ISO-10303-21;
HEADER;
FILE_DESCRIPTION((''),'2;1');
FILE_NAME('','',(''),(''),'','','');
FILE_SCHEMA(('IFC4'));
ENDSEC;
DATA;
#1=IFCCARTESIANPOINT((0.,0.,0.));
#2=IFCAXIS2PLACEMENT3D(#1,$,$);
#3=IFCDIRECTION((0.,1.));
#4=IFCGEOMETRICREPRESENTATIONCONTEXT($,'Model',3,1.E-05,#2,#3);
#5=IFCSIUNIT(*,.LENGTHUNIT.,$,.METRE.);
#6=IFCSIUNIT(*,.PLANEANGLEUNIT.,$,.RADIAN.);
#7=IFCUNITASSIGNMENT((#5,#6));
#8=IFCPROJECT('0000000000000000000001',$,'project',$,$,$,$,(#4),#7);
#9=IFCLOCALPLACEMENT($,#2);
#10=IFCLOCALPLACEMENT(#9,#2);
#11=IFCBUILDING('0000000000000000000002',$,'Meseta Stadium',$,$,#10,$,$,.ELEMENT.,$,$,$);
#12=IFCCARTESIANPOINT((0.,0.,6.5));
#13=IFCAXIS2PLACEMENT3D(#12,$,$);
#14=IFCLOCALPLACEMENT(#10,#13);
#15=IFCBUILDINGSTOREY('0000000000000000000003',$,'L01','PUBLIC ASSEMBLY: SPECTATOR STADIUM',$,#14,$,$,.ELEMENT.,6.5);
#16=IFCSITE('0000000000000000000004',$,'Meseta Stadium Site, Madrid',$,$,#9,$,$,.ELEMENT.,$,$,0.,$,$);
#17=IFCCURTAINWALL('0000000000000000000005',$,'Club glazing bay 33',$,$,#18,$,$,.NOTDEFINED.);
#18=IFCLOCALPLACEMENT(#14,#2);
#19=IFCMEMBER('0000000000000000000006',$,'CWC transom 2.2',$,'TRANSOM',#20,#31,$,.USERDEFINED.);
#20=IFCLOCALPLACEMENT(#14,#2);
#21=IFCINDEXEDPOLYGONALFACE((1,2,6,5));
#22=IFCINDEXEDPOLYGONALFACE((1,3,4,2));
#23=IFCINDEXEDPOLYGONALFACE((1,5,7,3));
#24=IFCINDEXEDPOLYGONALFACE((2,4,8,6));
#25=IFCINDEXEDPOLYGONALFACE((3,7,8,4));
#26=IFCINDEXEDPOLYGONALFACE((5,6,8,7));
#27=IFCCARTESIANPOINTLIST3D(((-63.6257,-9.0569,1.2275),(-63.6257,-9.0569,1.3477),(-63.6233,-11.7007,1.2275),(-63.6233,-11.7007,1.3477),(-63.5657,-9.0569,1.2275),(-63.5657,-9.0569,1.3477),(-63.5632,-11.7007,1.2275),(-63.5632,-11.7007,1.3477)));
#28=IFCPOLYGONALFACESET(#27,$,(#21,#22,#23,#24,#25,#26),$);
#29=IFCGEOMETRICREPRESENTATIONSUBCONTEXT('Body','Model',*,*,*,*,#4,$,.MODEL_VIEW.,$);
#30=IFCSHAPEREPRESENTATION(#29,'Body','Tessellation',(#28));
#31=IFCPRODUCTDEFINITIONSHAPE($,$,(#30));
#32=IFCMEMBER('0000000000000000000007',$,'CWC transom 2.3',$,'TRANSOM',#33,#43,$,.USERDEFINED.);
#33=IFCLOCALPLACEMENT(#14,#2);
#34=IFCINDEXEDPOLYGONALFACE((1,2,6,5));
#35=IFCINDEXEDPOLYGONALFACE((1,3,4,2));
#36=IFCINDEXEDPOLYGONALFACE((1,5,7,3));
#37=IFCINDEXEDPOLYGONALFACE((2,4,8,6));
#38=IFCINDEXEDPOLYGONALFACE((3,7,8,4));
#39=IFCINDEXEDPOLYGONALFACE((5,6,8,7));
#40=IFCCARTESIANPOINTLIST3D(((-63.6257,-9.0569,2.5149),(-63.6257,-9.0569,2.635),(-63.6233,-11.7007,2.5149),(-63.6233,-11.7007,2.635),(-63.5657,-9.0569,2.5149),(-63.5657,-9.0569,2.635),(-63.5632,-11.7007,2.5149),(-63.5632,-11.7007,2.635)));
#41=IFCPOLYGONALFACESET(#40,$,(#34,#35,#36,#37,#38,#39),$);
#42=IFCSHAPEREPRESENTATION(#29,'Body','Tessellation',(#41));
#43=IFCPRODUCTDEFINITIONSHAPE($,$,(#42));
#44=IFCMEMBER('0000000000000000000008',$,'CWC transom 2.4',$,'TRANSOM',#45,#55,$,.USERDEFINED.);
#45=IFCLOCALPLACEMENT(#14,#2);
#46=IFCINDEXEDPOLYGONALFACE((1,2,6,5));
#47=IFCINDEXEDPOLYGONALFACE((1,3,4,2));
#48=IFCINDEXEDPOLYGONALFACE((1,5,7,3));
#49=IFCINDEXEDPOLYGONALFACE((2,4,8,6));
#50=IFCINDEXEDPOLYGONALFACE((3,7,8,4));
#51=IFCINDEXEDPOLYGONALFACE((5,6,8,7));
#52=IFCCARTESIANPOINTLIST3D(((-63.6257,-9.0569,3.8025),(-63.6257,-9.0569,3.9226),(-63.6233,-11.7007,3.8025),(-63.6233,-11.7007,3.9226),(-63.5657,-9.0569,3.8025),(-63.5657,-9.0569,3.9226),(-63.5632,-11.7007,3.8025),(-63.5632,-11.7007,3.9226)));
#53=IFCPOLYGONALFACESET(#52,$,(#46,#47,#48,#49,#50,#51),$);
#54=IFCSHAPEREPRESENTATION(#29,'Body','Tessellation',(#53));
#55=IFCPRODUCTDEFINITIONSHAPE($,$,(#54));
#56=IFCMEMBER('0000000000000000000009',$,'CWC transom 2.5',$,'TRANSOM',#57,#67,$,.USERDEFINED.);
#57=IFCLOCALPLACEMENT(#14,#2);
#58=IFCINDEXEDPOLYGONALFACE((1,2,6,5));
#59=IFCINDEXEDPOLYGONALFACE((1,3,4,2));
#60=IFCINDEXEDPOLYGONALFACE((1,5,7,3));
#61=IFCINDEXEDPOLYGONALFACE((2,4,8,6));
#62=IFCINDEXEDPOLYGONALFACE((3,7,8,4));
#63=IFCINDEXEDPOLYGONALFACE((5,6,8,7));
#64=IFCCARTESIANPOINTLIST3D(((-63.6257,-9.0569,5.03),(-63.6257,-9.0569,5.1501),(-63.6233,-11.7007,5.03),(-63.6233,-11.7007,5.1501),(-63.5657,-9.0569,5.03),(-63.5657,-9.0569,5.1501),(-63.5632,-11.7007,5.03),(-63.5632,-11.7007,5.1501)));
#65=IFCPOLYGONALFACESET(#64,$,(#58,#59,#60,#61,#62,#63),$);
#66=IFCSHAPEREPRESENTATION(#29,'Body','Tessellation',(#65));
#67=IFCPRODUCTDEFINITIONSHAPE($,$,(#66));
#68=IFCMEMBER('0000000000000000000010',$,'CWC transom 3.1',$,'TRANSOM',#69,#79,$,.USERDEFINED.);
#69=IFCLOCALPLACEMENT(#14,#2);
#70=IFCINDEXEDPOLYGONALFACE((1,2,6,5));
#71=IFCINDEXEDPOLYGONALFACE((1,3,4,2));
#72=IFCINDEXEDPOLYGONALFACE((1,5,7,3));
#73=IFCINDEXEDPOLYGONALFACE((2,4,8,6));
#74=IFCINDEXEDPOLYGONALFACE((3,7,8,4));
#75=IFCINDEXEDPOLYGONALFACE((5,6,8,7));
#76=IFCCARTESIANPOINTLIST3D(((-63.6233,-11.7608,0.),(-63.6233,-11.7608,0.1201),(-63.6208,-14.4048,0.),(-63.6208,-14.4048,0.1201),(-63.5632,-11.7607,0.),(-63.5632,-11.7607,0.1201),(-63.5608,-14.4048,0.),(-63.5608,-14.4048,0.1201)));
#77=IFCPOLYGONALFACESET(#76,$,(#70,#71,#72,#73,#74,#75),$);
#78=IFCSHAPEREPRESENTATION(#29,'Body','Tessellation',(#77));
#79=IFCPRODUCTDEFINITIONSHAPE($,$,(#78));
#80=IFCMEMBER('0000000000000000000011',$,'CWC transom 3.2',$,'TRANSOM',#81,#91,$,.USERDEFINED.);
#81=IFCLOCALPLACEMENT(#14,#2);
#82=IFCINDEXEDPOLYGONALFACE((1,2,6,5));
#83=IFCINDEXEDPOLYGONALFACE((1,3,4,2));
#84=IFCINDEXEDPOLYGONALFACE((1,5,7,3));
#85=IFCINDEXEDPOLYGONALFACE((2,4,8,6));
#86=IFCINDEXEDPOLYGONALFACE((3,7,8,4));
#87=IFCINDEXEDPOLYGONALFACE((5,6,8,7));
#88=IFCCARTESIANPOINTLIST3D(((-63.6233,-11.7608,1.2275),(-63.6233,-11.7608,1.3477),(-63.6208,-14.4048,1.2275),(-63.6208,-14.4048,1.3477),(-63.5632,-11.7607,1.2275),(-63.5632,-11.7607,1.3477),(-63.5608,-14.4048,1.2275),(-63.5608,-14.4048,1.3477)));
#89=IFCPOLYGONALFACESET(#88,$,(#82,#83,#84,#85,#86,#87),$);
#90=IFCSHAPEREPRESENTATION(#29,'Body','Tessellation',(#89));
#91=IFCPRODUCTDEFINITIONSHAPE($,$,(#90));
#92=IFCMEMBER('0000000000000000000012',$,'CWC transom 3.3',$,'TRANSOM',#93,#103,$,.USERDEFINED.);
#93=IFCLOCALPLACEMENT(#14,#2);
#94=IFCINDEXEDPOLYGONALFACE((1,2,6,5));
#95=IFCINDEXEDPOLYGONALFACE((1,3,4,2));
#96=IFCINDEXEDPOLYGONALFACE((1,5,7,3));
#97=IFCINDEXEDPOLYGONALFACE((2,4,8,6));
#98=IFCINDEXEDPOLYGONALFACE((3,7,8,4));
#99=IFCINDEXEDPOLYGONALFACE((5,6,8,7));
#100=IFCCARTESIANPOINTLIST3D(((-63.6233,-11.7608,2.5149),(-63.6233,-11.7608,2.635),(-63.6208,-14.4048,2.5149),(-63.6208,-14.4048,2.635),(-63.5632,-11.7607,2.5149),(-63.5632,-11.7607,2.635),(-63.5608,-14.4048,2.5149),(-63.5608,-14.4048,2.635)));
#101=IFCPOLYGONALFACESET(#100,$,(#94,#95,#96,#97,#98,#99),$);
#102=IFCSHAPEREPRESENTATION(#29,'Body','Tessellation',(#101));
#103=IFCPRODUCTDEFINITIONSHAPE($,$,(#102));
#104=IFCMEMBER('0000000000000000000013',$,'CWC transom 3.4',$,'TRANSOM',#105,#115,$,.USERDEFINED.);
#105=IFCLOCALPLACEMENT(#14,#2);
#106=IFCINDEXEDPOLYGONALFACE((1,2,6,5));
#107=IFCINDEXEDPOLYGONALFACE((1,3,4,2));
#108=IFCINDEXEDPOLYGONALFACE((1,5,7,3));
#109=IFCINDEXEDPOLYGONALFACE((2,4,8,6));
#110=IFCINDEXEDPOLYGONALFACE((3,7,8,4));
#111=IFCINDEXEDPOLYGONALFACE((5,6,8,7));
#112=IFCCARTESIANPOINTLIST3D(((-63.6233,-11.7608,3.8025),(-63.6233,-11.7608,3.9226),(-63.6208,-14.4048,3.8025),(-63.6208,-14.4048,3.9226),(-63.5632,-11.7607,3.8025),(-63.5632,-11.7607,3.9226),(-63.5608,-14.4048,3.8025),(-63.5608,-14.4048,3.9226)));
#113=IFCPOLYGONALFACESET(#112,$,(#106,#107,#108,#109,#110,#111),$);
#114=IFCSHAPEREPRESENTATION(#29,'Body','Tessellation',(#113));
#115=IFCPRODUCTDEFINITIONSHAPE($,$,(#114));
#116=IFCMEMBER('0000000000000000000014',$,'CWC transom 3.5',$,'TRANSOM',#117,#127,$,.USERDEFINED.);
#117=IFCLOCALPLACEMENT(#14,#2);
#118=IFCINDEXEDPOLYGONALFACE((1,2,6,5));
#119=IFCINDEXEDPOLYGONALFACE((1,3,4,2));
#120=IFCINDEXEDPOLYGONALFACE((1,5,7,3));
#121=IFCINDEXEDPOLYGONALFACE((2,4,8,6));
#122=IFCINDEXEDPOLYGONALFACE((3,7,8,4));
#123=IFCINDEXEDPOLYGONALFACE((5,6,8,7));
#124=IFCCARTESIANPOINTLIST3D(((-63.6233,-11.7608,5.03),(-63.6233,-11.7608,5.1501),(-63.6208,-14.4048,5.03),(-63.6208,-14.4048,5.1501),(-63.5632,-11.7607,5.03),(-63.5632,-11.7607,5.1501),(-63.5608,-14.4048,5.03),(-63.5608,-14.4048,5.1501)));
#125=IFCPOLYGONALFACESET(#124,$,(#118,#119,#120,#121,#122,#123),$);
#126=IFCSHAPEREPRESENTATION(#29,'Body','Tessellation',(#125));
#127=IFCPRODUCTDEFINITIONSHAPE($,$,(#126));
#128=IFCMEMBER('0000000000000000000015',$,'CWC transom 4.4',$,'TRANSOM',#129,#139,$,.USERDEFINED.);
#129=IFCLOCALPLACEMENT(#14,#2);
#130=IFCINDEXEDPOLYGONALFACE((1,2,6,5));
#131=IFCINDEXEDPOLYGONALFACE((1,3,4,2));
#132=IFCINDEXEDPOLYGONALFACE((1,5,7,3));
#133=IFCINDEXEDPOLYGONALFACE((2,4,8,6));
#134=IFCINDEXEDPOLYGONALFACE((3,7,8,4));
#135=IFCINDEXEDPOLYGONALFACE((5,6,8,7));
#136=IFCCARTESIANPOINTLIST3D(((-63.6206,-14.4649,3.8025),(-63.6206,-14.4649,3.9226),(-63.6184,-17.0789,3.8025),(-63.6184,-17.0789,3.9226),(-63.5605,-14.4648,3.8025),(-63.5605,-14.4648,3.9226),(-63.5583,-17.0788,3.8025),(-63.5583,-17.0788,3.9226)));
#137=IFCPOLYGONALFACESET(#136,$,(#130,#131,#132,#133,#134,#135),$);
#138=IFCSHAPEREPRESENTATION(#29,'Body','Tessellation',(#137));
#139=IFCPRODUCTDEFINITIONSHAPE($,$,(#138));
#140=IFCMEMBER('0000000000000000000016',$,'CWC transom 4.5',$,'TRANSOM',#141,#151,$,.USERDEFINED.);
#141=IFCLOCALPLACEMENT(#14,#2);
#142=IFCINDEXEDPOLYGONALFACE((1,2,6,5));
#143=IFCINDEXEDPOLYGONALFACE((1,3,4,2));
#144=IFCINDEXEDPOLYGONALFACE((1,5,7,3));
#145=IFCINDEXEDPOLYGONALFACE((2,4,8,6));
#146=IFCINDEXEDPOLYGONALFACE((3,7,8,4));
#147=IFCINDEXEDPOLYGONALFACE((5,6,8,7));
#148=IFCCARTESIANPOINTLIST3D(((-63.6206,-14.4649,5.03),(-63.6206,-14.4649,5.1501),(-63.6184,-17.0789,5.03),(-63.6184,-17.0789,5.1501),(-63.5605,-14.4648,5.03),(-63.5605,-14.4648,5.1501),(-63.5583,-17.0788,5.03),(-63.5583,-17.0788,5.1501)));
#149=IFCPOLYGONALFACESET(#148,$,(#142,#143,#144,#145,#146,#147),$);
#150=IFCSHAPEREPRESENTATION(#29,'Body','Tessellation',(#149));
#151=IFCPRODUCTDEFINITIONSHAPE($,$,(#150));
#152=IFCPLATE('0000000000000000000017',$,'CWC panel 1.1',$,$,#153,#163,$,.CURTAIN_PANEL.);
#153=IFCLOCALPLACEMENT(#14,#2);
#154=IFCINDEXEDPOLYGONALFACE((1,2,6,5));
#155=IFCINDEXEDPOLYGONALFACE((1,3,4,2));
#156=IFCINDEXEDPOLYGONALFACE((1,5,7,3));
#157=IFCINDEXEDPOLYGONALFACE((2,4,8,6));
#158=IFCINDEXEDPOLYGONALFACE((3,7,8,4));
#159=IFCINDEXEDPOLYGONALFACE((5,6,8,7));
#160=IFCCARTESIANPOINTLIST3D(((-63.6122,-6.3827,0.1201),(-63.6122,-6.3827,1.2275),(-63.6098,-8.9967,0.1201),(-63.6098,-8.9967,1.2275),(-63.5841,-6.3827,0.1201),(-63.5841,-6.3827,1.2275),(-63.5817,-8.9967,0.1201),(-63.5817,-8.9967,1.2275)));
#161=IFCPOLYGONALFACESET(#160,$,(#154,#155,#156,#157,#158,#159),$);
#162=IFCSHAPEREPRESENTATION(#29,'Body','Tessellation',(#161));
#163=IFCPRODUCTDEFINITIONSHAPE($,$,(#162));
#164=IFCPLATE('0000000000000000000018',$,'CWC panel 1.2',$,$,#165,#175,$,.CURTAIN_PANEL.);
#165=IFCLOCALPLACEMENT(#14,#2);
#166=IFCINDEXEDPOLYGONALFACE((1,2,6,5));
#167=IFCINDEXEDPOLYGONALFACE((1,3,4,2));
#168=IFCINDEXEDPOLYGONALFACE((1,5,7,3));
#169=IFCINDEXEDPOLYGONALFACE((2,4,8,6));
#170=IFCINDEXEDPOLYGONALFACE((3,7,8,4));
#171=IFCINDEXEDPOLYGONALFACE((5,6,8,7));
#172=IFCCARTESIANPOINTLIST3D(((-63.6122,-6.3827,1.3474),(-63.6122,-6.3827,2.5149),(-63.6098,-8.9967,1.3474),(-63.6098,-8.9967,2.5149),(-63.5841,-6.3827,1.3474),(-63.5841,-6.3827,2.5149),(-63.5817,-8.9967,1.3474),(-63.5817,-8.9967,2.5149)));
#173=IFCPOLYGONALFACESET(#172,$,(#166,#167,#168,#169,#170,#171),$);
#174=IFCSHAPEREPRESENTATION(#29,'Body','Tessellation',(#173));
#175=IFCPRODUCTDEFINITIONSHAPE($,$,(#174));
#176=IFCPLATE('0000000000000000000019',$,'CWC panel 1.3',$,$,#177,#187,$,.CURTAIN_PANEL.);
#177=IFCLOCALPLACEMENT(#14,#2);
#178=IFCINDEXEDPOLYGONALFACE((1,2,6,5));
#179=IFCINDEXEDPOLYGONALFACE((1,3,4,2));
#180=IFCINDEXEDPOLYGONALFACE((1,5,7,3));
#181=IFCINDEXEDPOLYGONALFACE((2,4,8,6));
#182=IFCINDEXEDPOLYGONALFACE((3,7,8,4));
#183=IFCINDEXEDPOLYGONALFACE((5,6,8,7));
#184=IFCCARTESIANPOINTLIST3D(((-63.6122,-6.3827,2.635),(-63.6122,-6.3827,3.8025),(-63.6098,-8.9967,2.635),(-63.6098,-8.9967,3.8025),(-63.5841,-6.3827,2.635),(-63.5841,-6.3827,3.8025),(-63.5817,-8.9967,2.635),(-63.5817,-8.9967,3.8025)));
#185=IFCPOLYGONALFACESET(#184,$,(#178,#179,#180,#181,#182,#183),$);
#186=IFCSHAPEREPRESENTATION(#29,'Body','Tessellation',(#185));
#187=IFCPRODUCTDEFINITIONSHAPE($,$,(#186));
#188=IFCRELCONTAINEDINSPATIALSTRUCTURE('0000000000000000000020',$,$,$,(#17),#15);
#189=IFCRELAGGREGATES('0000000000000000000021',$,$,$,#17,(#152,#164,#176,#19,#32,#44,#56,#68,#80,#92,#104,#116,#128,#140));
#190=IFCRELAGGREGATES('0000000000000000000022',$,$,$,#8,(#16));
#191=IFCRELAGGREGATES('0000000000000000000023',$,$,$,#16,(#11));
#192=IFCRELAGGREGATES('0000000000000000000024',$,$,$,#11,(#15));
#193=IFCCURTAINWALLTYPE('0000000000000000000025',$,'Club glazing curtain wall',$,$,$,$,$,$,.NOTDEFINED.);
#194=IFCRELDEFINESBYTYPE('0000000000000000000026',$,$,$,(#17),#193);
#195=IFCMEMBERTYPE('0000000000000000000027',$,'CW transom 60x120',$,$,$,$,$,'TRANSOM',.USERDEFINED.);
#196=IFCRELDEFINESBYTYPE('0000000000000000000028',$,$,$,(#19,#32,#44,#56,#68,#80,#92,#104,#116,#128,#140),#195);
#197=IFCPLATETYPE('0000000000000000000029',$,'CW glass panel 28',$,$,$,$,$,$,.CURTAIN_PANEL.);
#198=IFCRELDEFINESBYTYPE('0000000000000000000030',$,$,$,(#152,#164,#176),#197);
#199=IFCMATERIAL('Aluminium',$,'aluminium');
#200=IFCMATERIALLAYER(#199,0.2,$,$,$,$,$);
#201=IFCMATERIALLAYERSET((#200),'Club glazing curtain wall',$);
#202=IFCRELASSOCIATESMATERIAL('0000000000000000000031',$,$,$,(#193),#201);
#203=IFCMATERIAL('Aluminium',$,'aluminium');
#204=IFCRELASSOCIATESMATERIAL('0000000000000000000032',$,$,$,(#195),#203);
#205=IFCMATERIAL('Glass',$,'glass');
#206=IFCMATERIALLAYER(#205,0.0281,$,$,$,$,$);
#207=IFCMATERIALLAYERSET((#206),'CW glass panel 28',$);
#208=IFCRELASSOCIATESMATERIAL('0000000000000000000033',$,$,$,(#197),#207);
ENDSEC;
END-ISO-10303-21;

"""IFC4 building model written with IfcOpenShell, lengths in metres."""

from ifc_helpers import new_model, si_unit, direction, frame, origin, origin_2d, place, context, subcontext, project, spatial, rectangle, extrude, material, layer, layer_set, material_profile, profile_set, type_object, element, aggregate, save


model = new_model("IFC4")

# Units and contexts
model_context = context("Model", 3, precision=1e-05, world=origin(), true_north=direction((0.0, 1.0)))
body_context = subcontext(model_context, "Body", "Model", "MODEL_VIEW")
ifc_project = project(units=[si_unit("LENGTHUNIT", "METRE"), si_unit("PLANEANGLEUNIT", "RADIAN")], contexts=[model_context])

# Site, building, storey
site_placement = place(None, origin())
site = spatial("IfcSite", under=ifc_project, at=site_placement, Name="Meseta Stadium Site, Madrid", CompositionType="ELEMENT", RefElevation=0.0)
building_placement = place(site_placement, origin())
building = spatial("IfcBuilding", under=site, at=building_placement, Name="Meseta Stadium", CompositionType="ELEMENT")
storey_placement = place(building_placement, frame((0.0, 0.0, 6.5)))
storey = spatial("IfcBuildingStorey", under=building, at=storey_placement, Name="L01", Description="PUBLIC ASSEMBLY: SPECTATOR STADIUM", CompositionType="ELEMENT", Elevation=6.5)

# Shared definitions
ifc_material_1 = material(Name="Aluminium", Category="aluminium")
ifc_layer_1 = layer(ifc_material_1, 0.2)
ifc_layer_set_1 = layer_set([ifc_layer_1], Name="Club glazing curtain wall")
curtain_wall_type = type_object("IfcCurtainWallType", Name="Club glazing curtain wall", PredefinedType="NOTDEFINED", material=ifc_layer_set_1)

# Curtain wall
curtain_wall_1_placement = place(storey_placement, origin())
curtain_wall_1 = element("IfcCurtainWall", 1, at=curtain_wall_1_placement, inside=storey, type_object=curtain_wall_type, Name="Club glazing bay 33", PredefinedType="NOTDEFINED")

# Members
ifc_material_2 = material(Name="Aluminium", Category="aluminium")
ifc_material_profile_1 = material_profile(ifc_material_2, rectangle(XDim=0.0601, YDim=0.1201, at=origin_2d()), Name="CW 60x120")
ifc_profile_set_1 = profile_set([ifc_material_profile_1], Name="Aluminium")
member_type_1 = type_object("IfcMemberType", Name="CW transom 60x120", ElementType="TRANSOM", PredefinedType="USERDEFINED", material=ifc_profile_set_1)
member_1_placement = place(storey_placement, frame((-63.5957, -9.0569, 1.2876), z_axis=(0.000923, -1.0, 0.0), x_axis=(1.0, 0.000923, 0.0)))
member_1 = element("IfcMember", 2, at=member_1_placement, type_object=member_type_1, Name="CWC transom 2.2", ObjectType="TRANSOM", PredefinedType="USERDEFINED", context=body_context, shape_type="SweptSolid", body=[
    extrude(rectangle(XDim=0.0601, YDim=0.1201, at=origin_2d()), origin(), (0.0, 0.0, 1.0), 2.6438),
])
member_2_placement = place(storey_placement, frame((-63.5957, -9.0569, 2.575), z_axis=(0.000923, -1.0, 0.0), x_axis=(1.0, 0.000923, 0.0)))
member_2 = element("IfcMember", 3, at=member_2_placement, type_object=member_type_1, Name="CWC transom 2.3", ObjectType="TRANSOM", PredefinedType="USERDEFINED", context=body_context, shape_type="SweptSolid", body=[
    extrude(rectangle(XDim=0.0601, YDim=0.1201, at=origin_2d()), origin(), (0.0, 0.0, 1.0), 2.6438),
])
member_3_placement = place(storey_placement, frame((-63.5957, -9.0569, 3.8625), z_axis=(0.000923, -1.0, 0.0), x_axis=(1.0, 0.000923, 0.0)))
member_3 = element("IfcMember", 4, at=member_3_placement, type_object=member_type_1, Name="CWC transom 2.4", ObjectType="TRANSOM", PredefinedType="USERDEFINED", context=body_context, shape_type="SweptSolid", body=[
    extrude(rectangle(XDim=0.0601, YDim=0.1201, at=origin_2d()), origin(), (0.0, 0.0, 1.0), 2.6438),
])
member_4_placement = place(storey_placement, frame((-63.5957, -9.0569, 5.0901), z_axis=(0.000923, -1.0, 0.0), x_axis=(1.0, 0.000923, 0.0)))
member_4 = element("IfcMember", 5, at=member_4_placement, type_object=member_type_1, Name="CWC transom 2.5", ObjectType="TRANSOM", PredefinedType="USERDEFINED", context=body_context, shape_type="SweptSolid", body=[
    extrude(rectangle(XDim=0.0601, YDim=0.1201, at=origin_2d()), origin(), (0.0, 0.0, 1.0), 2.6438),
])
member_5_placement = place(storey_placement, frame((-63.5933, -11.7607, 0.0601), z_axis=(0.000923, -1.0, 0.0), x_axis=(1.0, 0.000923, 0.0)))
member_5 = element("IfcMember", 6, at=member_5_placement, type_object=member_type_1, Name="CWC transom 3.1", ObjectType="TRANSOM", PredefinedType="USERDEFINED", context=body_context, shape_type="SweptSolid", body=[
    extrude(rectangle(XDim=0.0601, YDim=0.1201, at=origin_2d()), origin(), (0.0, 0.0, 1.0), 2.644),
])
member_6_placement = place(storey_placement, frame((-63.5933, -11.7607, 1.2876), z_axis=(0.000923, -1.0, 0.0), x_axis=(1.0, 0.000923, 0.0)))
member_6 = element("IfcMember", 7, at=member_6_placement, type_object=member_type_1, Name="CWC transom 3.2", ObjectType="TRANSOM", PredefinedType="USERDEFINED", context=body_context, shape_type="SweptSolid", body=[
    extrude(rectangle(XDim=0.0601, YDim=0.1201, at=origin_2d()), origin(), (0.0, 0.0, 1.0), 2.644),
])
member_7_placement = place(storey_placement, frame((-63.5933, -11.7607, 2.575), z_axis=(0.000923, -1.0, 0.0), x_axis=(1.0, 0.000923, 0.0)))
member_7 = element("IfcMember", 8, at=member_7_placement, type_object=member_type_1, Name="CWC transom 3.3", ObjectType="TRANSOM", PredefinedType="USERDEFINED", context=body_context, shape_type="SweptSolid", body=[
    extrude(rectangle(XDim=0.0601, YDim=0.1201, at=origin_2d()), origin(), (0.0, 0.0, 1.0), 2.644),
])
member_8_placement = place(storey_placement, frame((-63.5933, -11.7607, 3.8625), z_axis=(0.000923, -1.0, 0.0), x_axis=(1.0, 0.000923, 0.0)))
member_8 = element("IfcMember", 9, at=member_8_placement, type_object=member_type_1, Name="CWC transom 3.4", ObjectType="TRANSOM", PredefinedType="USERDEFINED", context=body_context, shape_type="SweptSolid", body=[
    extrude(rectangle(XDim=0.0601, YDim=0.1201, at=origin_2d()), origin(), (0.0, 0.0, 1.0), 2.644),
])
member_9_placement = place(storey_placement, frame((-63.5933, -11.7607, 5.0901), z_axis=(0.000923, -1.0, 0.0), x_axis=(1.0, 0.000923, 0.0)))
member_9 = element("IfcMember", 10, at=member_9_placement, type_object=member_type_1, Name="CWC transom 3.5", ObjectType="TRANSOM", PredefinedType="USERDEFINED", context=body_context, shape_type="SweptSolid", body=[
    extrude(rectangle(XDim=0.0601, YDim=0.1201, at=origin_2d()), origin(), (0.0, 0.0, 1.0), 2.644),
])
member_10_placement = place(storey_placement, frame((-63.5906, -14.4648, 3.8625), z_axis=(0.000841, -1.0, 0.0), x_axis=(1.0, 0.000841, 0.0)))
member_10 = element("IfcMember", 11, at=member_10_placement, type_object=member_type_1, Name="CWC transom 4.4", ObjectType="TRANSOM", PredefinedType="USERDEFINED", context=body_context, shape_type="SweptSolid", body=[
    extrude(rectangle(XDim=0.0601, YDim=0.1201, at=origin_2d()), origin(), (0.0, 0.0, 1.0), 2.614),
])
member_11_placement = place(storey_placement, frame((-63.5906, -14.4648, 5.0901), z_axis=(0.000841, -1.0, 0.0), x_axis=(1.0, 0.000841, 0.0)))
member_11 = element("IfcMember", 12, at=member_11_placement, type_object=member_type_1, Name="CWC transom 4.5", ObjectType="TRANSOM", PredefinedType="USERDEFINED", context=body_context, shape_type="SweptSolid", body=[
    extrude(rectangle(XDim=0.0601, YDim=0.1201, at=origin_2d()), origin(), (0.0, 0.0, 1.0), 2.614),
])

# Plates
ifc_material_3 = material(Name="Glass", Category="glass")
ifc_layer_2 = layer(ifc_material_3, 0.0281)
ifc_layer_set_2 = layer_set([ifc_layer_2], Name="CW glass panel 28")
plate_type = type_object("IfcPlateType", Name="CW glass panel 28", PredefinedType="CURTAIN_PANEL", material=ifc_layer_set_2)
plate_1_placement = place(storey_placement, frame((-63.5969, -7.6897, 0.1201), z_axis=(0.0, 0.0, 1.0), x_axis=(0.000925, -1.0, 0.0)))
plate_1 = element("IfcPlate", 13, at=plate_1_placement, type_object=plate_type, Name="CWC panel 1.1", PredefinedType="CURTAIN_PANEL", context=body_context, shape_type="SweptSolid", body=[
    extrude(rectangle(XDim=2.614, YDim=0.0281, at=origin_2d()), origin(), (0.0, 0.0, 1.0), 1.1074),
])
plate_2_placement = place(storey_placement, frame((-63.5969, -7.6897, 1.3474), z_axis=(0.0, 0.0, 1.0), x_axis=(0.000925, -1.0, 0.0)))
plate_2 = element("IfcPlate", 14, at=plate_2_placement, type_object=plate_type, Name="CWC panel 1.2", PredefinedType="CURTAIN_PANEL", context=body_context, shape_type="SweptSolid", body=[
    extrude(rectangle(XDim=2.614, YDim=0.0281, at=origin_2d()), origin(), (0.0, 0.0, 1.0), 1.1675),
])
plate_3_placement = place(storey_placement, frame((-63.5969, -7.6897, 2.635), z_axis=(0.0, 0.0, 1.0), x_axis=(0.000925, -1.0, 0.0)))
plate_3 = element("IfcPlate", 15, at=plate_3_placement, type_object=plate_type, Name="CWC panel 1.3", PredefinedType="CURTAIN_PANEL", context=body_context, shape_type="SweptSolid", body=[
    extrude(rectangle(XDim=2.614, YDim=0.0281, at=origin_2d()), origin(), (0.0, 0.0, 1.0), 1.1675),
])
aggregate(curtain_wall_1, [plate_1, plate_2, plate_3, member_1, member_2, member_3, member_4, member_5, member_6, member_7, member_8, member_9, member_10, member_11])

save(model, "model.ifc")
